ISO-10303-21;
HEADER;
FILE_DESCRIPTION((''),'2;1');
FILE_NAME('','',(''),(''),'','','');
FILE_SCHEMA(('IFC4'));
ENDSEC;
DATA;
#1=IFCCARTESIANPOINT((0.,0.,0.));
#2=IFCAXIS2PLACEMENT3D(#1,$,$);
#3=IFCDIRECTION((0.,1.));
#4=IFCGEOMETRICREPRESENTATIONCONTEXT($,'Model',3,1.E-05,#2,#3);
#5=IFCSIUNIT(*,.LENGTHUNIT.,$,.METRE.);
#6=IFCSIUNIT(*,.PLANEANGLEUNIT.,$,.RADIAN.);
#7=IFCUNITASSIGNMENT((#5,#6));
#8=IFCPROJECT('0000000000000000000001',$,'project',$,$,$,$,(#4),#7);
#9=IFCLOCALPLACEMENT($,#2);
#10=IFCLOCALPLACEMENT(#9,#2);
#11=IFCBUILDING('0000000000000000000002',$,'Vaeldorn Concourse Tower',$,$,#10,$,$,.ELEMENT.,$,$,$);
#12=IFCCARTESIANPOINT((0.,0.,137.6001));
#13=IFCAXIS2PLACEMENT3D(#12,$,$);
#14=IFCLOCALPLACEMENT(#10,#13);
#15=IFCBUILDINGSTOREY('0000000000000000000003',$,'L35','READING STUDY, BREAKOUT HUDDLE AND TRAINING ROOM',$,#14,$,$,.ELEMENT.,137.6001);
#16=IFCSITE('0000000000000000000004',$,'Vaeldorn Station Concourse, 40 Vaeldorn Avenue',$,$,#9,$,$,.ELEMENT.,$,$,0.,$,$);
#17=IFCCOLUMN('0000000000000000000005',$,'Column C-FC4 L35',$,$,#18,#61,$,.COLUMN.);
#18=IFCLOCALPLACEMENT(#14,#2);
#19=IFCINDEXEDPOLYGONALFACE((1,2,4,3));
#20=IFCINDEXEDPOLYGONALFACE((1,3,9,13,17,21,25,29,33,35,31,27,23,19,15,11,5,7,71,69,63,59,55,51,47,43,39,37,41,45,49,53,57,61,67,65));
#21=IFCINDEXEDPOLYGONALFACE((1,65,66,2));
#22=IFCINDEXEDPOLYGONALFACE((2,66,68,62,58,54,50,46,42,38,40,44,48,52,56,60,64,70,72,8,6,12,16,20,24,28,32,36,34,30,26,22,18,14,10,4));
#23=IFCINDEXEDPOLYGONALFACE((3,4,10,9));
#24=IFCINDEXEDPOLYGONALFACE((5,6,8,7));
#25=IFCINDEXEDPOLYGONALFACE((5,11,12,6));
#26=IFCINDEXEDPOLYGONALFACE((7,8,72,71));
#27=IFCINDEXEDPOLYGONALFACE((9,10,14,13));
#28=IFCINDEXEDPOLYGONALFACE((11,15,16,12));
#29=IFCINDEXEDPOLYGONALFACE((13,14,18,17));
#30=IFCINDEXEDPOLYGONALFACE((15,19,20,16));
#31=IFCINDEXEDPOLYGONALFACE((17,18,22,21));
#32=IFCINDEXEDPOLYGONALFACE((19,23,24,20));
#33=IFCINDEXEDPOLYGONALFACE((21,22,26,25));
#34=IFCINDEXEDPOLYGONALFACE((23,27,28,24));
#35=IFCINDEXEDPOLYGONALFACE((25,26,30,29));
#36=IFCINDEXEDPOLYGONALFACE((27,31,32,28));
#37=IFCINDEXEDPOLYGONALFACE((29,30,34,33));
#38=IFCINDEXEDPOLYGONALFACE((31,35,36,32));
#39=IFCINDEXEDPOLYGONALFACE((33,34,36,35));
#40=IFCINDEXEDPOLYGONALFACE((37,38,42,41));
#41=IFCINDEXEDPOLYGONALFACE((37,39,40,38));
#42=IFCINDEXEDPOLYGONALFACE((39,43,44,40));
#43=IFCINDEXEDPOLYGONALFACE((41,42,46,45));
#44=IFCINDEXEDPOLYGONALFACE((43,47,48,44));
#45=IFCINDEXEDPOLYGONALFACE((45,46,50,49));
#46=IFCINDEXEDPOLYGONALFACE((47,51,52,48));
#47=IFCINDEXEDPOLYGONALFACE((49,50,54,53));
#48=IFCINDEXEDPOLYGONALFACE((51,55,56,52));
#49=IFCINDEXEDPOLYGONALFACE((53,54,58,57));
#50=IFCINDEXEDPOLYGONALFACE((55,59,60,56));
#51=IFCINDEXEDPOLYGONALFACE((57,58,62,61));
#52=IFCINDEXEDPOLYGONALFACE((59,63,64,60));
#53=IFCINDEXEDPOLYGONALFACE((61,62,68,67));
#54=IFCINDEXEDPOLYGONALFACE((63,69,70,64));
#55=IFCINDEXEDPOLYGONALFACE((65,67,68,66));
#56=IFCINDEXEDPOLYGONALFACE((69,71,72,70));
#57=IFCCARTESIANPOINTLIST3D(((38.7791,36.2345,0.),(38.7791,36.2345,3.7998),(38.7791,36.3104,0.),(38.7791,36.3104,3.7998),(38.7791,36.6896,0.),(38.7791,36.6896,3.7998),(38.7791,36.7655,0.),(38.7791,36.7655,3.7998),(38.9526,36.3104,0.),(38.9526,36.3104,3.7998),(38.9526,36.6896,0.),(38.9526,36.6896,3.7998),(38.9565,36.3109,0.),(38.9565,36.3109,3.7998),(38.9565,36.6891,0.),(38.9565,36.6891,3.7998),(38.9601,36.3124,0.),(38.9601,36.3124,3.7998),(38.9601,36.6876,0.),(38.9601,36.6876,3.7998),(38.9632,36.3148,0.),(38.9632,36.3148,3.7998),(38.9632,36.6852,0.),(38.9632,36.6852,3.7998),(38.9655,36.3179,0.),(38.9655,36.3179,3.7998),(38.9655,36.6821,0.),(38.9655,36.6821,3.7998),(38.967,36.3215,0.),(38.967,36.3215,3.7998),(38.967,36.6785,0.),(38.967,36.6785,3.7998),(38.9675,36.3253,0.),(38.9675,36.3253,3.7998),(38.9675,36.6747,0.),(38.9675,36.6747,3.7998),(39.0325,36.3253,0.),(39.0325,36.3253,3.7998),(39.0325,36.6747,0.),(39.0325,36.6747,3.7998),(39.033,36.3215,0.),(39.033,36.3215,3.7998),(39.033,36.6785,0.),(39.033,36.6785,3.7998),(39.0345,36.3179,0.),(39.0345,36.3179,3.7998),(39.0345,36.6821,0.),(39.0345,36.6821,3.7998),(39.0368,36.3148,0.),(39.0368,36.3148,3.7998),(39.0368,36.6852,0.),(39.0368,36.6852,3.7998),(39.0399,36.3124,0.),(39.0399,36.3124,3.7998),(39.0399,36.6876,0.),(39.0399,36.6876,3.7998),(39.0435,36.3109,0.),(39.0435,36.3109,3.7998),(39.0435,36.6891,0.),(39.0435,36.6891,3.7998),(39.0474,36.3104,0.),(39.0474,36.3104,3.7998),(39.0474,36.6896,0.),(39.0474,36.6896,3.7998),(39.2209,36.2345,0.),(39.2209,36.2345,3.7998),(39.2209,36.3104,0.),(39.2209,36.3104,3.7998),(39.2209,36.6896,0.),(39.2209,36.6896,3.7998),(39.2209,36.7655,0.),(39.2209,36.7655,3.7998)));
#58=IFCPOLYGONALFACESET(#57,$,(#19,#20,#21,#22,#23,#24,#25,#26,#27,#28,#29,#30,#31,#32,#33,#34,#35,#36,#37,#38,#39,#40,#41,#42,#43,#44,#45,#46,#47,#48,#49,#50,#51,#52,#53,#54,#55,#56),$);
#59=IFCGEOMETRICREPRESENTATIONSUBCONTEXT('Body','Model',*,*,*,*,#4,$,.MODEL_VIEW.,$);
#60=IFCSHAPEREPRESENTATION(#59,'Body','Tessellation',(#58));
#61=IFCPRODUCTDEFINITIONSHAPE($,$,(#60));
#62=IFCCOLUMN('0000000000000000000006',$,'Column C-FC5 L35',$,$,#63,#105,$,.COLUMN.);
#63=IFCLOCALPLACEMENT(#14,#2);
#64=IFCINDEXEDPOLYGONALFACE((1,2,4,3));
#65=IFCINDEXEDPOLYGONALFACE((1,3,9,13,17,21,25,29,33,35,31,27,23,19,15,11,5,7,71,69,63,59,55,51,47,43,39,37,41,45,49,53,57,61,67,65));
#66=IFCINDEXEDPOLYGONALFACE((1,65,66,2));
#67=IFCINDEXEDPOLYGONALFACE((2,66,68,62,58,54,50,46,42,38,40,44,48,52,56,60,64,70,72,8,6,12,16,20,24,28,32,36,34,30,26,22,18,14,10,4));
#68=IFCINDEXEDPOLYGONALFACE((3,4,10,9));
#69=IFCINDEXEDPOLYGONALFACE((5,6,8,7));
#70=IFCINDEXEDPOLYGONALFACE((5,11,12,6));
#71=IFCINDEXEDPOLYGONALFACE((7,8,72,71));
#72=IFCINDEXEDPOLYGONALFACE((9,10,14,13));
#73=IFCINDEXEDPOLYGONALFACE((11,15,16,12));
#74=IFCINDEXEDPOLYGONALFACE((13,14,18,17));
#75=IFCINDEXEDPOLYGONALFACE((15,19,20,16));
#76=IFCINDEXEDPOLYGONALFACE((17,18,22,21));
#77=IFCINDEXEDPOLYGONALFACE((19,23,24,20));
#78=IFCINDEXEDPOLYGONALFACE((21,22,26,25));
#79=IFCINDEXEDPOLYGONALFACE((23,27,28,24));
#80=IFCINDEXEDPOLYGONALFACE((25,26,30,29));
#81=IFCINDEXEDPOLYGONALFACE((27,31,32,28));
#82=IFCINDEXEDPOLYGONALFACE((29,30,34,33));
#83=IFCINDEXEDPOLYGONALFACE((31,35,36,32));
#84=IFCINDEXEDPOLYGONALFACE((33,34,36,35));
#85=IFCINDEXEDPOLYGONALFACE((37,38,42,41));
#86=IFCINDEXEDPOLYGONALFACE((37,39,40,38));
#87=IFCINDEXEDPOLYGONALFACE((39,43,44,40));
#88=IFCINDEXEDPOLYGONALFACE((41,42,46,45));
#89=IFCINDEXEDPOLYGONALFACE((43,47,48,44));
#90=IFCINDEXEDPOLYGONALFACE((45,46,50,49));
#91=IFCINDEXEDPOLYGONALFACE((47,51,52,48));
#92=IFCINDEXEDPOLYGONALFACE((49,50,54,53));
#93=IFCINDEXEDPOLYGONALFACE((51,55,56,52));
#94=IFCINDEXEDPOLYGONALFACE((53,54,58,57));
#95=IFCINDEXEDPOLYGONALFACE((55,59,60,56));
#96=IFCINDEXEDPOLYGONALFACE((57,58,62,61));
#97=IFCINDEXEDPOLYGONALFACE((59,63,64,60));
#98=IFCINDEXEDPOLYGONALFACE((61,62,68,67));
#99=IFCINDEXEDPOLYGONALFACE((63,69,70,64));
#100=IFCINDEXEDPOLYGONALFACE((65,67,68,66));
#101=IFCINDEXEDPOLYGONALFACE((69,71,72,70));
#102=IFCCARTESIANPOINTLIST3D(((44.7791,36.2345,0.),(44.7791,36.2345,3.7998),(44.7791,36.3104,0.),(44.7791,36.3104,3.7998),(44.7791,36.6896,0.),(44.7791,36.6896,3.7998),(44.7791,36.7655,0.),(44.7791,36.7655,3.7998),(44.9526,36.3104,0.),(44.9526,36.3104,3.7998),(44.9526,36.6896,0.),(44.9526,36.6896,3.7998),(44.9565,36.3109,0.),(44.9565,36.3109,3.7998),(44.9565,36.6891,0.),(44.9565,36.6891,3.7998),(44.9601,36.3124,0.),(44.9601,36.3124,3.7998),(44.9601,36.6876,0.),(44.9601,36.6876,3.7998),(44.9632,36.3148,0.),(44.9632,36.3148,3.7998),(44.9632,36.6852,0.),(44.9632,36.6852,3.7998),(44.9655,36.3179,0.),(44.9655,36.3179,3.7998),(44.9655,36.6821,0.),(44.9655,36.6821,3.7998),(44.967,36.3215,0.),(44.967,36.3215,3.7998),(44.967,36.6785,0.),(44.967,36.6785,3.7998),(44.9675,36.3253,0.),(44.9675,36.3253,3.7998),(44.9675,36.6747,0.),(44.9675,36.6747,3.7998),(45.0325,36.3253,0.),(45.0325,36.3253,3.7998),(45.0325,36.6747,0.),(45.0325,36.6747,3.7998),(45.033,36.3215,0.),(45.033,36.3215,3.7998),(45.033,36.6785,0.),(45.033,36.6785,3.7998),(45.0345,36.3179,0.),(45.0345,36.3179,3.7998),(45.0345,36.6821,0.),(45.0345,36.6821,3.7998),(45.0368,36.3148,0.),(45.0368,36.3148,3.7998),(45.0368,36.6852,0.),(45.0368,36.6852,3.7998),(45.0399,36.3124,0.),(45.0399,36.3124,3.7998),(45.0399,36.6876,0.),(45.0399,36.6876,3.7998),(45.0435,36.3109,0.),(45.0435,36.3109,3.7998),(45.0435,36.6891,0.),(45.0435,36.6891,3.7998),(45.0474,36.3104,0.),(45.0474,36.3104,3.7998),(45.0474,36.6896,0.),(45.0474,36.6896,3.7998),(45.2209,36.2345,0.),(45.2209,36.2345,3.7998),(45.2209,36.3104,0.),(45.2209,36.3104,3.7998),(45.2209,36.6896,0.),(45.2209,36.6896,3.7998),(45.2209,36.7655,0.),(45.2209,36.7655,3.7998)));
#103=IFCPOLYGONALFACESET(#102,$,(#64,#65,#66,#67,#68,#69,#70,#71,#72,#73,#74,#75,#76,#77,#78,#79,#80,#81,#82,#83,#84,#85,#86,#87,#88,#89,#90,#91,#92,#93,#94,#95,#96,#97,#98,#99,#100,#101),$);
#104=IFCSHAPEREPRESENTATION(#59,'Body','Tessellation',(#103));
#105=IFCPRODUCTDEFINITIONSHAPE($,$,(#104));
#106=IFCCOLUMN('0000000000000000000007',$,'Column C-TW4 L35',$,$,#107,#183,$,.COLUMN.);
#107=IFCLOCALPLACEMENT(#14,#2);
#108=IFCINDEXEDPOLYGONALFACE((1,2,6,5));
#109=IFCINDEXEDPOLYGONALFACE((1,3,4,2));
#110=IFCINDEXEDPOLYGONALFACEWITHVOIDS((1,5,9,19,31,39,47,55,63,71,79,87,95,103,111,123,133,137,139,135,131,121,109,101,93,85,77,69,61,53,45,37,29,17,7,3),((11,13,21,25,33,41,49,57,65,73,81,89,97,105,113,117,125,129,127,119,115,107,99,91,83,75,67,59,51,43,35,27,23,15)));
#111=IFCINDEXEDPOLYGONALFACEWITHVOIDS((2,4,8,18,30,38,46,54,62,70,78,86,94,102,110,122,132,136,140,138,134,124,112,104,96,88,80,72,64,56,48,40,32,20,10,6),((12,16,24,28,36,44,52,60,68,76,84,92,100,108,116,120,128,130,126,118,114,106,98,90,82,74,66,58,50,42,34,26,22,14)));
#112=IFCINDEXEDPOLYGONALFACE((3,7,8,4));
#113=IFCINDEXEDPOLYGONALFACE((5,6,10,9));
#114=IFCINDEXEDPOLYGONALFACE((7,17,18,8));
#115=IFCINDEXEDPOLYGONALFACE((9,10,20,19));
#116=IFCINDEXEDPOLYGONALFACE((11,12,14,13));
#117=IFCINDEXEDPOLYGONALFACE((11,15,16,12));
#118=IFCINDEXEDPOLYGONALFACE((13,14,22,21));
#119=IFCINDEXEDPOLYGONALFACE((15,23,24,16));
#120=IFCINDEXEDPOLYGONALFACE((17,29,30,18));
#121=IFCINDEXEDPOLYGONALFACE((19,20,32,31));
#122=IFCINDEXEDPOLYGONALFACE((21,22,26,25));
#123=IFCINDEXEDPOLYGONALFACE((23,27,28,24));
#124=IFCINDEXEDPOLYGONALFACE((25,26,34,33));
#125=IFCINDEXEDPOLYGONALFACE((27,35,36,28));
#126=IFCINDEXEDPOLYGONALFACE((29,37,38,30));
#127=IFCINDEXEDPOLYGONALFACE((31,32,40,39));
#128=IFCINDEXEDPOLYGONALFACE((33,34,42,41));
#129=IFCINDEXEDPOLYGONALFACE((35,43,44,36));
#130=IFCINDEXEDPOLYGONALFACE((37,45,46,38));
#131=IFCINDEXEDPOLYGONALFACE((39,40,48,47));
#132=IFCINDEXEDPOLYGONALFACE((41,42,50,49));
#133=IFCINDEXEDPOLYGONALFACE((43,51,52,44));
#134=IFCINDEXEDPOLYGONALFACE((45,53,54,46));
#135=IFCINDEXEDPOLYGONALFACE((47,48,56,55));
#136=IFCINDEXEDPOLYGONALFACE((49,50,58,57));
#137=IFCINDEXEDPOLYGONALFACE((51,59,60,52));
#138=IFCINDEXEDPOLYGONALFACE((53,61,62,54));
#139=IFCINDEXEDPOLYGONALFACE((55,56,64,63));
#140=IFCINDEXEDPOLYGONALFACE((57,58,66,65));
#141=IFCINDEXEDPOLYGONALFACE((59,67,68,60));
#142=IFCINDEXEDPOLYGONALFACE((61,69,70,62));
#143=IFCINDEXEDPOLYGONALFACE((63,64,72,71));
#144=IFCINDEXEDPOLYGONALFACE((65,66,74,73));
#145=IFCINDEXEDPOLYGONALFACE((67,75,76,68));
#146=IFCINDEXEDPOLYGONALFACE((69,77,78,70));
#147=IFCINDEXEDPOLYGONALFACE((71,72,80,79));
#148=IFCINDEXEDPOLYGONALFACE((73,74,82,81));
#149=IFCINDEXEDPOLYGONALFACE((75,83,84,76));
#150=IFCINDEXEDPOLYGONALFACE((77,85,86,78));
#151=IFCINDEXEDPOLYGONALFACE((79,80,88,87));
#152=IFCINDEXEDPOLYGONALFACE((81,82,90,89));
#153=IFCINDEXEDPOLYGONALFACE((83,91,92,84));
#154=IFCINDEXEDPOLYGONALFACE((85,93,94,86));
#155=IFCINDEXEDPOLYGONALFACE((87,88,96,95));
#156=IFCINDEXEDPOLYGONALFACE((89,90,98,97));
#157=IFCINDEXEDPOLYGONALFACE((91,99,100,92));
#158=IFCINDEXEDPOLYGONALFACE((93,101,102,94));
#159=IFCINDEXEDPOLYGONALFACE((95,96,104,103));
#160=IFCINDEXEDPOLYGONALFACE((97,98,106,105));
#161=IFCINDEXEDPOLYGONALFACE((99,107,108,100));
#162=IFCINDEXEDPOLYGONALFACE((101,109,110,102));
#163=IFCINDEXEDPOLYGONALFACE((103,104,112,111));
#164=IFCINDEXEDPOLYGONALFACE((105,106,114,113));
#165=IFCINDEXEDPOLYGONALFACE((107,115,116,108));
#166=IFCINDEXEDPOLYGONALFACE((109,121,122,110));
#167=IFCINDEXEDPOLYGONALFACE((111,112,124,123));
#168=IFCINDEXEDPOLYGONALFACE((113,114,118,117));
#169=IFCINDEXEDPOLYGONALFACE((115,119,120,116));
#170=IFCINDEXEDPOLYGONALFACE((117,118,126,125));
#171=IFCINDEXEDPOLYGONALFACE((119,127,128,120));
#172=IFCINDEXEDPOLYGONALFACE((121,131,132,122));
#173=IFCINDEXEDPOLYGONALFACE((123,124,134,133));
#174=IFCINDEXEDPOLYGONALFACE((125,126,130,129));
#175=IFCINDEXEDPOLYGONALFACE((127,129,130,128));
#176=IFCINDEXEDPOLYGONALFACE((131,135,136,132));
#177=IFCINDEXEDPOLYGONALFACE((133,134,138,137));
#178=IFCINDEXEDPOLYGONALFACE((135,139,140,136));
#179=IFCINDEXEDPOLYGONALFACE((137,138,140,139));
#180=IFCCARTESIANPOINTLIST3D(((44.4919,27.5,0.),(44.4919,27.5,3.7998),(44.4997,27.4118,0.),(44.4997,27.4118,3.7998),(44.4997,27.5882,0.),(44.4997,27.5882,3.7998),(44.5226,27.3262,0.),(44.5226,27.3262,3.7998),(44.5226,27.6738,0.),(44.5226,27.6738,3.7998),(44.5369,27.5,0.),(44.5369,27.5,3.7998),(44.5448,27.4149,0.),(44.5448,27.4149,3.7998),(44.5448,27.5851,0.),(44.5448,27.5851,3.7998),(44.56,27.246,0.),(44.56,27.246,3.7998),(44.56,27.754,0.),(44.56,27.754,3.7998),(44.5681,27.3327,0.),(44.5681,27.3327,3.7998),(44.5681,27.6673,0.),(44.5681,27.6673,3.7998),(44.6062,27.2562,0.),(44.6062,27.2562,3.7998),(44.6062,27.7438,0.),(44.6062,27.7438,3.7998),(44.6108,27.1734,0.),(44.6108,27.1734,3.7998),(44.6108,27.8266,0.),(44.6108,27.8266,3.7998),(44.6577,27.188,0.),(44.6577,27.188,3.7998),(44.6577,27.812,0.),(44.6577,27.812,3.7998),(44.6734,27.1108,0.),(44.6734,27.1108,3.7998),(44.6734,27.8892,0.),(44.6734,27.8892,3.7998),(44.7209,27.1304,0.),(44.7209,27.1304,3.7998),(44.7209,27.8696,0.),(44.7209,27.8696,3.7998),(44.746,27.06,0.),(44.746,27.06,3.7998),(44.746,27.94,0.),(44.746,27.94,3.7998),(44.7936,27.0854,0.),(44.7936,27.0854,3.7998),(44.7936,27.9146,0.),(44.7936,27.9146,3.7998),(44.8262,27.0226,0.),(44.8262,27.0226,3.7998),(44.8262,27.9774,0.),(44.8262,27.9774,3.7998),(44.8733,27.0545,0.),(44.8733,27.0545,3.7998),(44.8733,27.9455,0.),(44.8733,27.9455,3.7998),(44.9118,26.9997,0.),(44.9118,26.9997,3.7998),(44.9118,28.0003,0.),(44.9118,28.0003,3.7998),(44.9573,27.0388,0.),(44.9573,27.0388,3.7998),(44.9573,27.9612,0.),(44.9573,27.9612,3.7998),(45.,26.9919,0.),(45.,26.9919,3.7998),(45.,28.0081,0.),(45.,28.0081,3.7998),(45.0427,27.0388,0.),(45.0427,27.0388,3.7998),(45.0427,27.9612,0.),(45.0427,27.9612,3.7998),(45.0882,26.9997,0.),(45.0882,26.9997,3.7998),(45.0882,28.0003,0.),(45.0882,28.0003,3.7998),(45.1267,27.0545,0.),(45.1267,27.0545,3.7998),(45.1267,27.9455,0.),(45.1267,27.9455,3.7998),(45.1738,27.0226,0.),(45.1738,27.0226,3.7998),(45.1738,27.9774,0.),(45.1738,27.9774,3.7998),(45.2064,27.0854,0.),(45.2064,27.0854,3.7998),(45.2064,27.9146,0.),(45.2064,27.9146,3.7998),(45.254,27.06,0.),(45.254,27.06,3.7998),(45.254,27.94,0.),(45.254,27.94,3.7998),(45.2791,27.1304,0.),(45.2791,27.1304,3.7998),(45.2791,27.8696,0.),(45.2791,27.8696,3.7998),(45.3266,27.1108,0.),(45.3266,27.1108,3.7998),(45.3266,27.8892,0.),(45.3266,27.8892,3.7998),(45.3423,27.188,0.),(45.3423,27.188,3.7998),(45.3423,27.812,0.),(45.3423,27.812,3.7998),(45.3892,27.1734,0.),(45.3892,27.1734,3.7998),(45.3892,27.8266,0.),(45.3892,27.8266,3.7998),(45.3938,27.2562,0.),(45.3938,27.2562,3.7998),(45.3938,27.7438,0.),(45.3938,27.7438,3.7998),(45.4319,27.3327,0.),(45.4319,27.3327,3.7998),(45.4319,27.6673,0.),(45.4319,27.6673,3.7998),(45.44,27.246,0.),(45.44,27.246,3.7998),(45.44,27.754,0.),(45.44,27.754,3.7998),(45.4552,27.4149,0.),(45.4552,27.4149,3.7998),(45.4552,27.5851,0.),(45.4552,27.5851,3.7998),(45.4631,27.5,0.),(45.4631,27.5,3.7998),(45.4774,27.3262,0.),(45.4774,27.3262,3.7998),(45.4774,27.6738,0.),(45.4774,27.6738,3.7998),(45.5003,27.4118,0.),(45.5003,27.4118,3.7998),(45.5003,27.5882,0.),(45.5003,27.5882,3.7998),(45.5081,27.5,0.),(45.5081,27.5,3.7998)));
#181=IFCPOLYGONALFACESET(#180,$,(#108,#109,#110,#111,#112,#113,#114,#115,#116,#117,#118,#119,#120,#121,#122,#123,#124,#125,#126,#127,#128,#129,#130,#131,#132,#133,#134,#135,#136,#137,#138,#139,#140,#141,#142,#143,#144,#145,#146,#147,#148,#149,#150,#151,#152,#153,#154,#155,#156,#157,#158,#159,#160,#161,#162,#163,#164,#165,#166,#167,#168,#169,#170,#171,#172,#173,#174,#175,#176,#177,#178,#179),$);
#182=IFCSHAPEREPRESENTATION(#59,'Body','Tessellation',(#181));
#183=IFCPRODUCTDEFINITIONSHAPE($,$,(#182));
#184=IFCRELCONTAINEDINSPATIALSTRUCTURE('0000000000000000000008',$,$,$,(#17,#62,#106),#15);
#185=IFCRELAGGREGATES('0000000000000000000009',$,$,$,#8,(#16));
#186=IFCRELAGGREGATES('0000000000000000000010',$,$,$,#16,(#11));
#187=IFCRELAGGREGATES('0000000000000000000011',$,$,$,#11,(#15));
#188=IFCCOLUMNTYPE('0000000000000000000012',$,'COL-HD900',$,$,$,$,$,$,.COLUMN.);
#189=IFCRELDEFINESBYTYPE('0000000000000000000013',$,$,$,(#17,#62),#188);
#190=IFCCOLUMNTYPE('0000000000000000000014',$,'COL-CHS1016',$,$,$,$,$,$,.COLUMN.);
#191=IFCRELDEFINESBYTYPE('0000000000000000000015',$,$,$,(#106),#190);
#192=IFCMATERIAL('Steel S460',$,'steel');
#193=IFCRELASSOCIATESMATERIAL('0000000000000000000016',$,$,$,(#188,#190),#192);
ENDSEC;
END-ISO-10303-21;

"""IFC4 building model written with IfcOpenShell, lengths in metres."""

from ifc_helpers import new_model, si_unit, direction, frame, origin, origin_2d, place, context, subcontext, project, spatial, hollow_circle, i_section, extrude, source, transform, mapped, material, material_profile, profile_set, type_object, element, save


model = new_model("IFC4")

# Units and contexts
model_context = context("Model", 3, precision=1e-05, world=origin(), true_north=direction((0.0, 1.0)))
body_context = subcontext(model_context, "Body", "Model", "MODEL_VIEW")
ifc_project = project(units=[si_unit("LENGTHUNIT", "METRE"), si_unit("PLANEANGLEUNIT", "RADIAN")], contexts=[model_context])

# Site, building, storey
site_placement = place(None, origin())
site = spatial("IfcSite", under=ifc_project, at=site_placement, Name="Vaeldorn Station Concourse, 40 Vaeldorn Avenue", CompositionType="ELEMENT", RefElevation=0.0)
building_placement = place(site_placement, origin())
building = spatial("IfcBuilding", under=site, at=building_placement, Name="Vaeldorn Concourse Tower", CompositionType="ELEMENT")
storey_placement = place(building_placement, frame((0.0, 0.0, 137.6001)))
storey = spatial("IfcBuildingStorey", under=building, at=storey_placement, Name="L35", Description="READING STUDY, BREAKOUT HUDDLE AND TRAINING ROOM", CompositionType="ELEMENT", Elevation=137.6001)

# Columns
ifc_material_1 = material(Name="Steel S460", Category="steel")
ifc_material_profile_1 = material_profile(ifc_material_1, i_section(OverallWidth=0.4419, OverallDepth=0.531, WebThickness=0.0649, FlangeThickness=0.0759, FilletRadius=0.0149, at=origin_2d()), Name="HD 400x900")
ifc_profile_set_1 = profile_set([ifc_material_profile_1], Name="Steel S460")
column_type_1 = type_object("IfcColumnType", Name="COL-HD900", PredefinedType="COLUMN", material=ifc_profile_set_1)
shared_shape_1 = source(origin(), body_context, "Body", "SweptSolid", [
    extrude(i_section(OverallWidth=0.4419, OverallDepth=0.531, WebThickness=0.0649, FlangeThickness=0.0759, FilletRadius=0.0149, at=origin_2d()), origin(), (0.0, 0.0, 1.0), 3.7998),
])
for number, where, z_axis, x_axis, name in (
    (1, (39.0, 36.5, 0.0), (0.0, 0.0, 1.0), (1.0, 0.0, 0.0), "Column C-FC4 L35"),
    (2, (45.0, 36.5, 0.0), (0.0, 0.0, 1.0), (1.0, 0.0, 0.0), "Column C-FC5 L35"),
):
    element("IfcColumn", number, at=place(storey_placement, frame(where, z_axis=z_axis, x_axis=x_axis)), inside=storey, type_object=column_type_1, Name=name, PredefinedType="COLUMN", context=body_context, shape_type="MappedRepresentation", body=[
        mapped(shared_shape_1, transform((0.0, 0.0, 0.0), scale=1.0)),
    ])
ifc_material_profile_2 = material_profile(ifc_material_1, hollow_circle(Radius=0.5081, WallThickness=0.0449, at=origin_2d()), Name="CHS 1016x45")
ifc_profile_set_2 = profile_set([ifc_material_profile_2], Name="Steel S460")
column_type_2 = type_object("IfcColumnType", Name="COL-CHS1016", PredefinedType="COLUMN", material=ifc_profile_set_2)
shared_shape_2 = source(origin(), body_context, "Body", "SweptSolid", [
    extrude(hollow_circle(Radius=0.5081, WallThickness=0.0449, at=origin_2d()), origin(), (0.0, 0.0, 1.0), 3.7998),
])
column_placement = place(storey_placement, frame((45.0, 27.5, 0.0), z_axis=(0.0, 0.0, 1.0), x_axis=(1.0, 0.0, 0.0)))
element("IfcColumn", 3, at=column_placement, inside=storey, type_object=column_type_2, Name="Column C-TW4 L35", PredefinedType="COLUMN", context=body_context, shape_type="MappedRepresentation", body=[
    mapped(shared_shape_2, transform((0.0, 0.0, 0.0), scale=1.0)),
])

save(model, "model.ifc")
